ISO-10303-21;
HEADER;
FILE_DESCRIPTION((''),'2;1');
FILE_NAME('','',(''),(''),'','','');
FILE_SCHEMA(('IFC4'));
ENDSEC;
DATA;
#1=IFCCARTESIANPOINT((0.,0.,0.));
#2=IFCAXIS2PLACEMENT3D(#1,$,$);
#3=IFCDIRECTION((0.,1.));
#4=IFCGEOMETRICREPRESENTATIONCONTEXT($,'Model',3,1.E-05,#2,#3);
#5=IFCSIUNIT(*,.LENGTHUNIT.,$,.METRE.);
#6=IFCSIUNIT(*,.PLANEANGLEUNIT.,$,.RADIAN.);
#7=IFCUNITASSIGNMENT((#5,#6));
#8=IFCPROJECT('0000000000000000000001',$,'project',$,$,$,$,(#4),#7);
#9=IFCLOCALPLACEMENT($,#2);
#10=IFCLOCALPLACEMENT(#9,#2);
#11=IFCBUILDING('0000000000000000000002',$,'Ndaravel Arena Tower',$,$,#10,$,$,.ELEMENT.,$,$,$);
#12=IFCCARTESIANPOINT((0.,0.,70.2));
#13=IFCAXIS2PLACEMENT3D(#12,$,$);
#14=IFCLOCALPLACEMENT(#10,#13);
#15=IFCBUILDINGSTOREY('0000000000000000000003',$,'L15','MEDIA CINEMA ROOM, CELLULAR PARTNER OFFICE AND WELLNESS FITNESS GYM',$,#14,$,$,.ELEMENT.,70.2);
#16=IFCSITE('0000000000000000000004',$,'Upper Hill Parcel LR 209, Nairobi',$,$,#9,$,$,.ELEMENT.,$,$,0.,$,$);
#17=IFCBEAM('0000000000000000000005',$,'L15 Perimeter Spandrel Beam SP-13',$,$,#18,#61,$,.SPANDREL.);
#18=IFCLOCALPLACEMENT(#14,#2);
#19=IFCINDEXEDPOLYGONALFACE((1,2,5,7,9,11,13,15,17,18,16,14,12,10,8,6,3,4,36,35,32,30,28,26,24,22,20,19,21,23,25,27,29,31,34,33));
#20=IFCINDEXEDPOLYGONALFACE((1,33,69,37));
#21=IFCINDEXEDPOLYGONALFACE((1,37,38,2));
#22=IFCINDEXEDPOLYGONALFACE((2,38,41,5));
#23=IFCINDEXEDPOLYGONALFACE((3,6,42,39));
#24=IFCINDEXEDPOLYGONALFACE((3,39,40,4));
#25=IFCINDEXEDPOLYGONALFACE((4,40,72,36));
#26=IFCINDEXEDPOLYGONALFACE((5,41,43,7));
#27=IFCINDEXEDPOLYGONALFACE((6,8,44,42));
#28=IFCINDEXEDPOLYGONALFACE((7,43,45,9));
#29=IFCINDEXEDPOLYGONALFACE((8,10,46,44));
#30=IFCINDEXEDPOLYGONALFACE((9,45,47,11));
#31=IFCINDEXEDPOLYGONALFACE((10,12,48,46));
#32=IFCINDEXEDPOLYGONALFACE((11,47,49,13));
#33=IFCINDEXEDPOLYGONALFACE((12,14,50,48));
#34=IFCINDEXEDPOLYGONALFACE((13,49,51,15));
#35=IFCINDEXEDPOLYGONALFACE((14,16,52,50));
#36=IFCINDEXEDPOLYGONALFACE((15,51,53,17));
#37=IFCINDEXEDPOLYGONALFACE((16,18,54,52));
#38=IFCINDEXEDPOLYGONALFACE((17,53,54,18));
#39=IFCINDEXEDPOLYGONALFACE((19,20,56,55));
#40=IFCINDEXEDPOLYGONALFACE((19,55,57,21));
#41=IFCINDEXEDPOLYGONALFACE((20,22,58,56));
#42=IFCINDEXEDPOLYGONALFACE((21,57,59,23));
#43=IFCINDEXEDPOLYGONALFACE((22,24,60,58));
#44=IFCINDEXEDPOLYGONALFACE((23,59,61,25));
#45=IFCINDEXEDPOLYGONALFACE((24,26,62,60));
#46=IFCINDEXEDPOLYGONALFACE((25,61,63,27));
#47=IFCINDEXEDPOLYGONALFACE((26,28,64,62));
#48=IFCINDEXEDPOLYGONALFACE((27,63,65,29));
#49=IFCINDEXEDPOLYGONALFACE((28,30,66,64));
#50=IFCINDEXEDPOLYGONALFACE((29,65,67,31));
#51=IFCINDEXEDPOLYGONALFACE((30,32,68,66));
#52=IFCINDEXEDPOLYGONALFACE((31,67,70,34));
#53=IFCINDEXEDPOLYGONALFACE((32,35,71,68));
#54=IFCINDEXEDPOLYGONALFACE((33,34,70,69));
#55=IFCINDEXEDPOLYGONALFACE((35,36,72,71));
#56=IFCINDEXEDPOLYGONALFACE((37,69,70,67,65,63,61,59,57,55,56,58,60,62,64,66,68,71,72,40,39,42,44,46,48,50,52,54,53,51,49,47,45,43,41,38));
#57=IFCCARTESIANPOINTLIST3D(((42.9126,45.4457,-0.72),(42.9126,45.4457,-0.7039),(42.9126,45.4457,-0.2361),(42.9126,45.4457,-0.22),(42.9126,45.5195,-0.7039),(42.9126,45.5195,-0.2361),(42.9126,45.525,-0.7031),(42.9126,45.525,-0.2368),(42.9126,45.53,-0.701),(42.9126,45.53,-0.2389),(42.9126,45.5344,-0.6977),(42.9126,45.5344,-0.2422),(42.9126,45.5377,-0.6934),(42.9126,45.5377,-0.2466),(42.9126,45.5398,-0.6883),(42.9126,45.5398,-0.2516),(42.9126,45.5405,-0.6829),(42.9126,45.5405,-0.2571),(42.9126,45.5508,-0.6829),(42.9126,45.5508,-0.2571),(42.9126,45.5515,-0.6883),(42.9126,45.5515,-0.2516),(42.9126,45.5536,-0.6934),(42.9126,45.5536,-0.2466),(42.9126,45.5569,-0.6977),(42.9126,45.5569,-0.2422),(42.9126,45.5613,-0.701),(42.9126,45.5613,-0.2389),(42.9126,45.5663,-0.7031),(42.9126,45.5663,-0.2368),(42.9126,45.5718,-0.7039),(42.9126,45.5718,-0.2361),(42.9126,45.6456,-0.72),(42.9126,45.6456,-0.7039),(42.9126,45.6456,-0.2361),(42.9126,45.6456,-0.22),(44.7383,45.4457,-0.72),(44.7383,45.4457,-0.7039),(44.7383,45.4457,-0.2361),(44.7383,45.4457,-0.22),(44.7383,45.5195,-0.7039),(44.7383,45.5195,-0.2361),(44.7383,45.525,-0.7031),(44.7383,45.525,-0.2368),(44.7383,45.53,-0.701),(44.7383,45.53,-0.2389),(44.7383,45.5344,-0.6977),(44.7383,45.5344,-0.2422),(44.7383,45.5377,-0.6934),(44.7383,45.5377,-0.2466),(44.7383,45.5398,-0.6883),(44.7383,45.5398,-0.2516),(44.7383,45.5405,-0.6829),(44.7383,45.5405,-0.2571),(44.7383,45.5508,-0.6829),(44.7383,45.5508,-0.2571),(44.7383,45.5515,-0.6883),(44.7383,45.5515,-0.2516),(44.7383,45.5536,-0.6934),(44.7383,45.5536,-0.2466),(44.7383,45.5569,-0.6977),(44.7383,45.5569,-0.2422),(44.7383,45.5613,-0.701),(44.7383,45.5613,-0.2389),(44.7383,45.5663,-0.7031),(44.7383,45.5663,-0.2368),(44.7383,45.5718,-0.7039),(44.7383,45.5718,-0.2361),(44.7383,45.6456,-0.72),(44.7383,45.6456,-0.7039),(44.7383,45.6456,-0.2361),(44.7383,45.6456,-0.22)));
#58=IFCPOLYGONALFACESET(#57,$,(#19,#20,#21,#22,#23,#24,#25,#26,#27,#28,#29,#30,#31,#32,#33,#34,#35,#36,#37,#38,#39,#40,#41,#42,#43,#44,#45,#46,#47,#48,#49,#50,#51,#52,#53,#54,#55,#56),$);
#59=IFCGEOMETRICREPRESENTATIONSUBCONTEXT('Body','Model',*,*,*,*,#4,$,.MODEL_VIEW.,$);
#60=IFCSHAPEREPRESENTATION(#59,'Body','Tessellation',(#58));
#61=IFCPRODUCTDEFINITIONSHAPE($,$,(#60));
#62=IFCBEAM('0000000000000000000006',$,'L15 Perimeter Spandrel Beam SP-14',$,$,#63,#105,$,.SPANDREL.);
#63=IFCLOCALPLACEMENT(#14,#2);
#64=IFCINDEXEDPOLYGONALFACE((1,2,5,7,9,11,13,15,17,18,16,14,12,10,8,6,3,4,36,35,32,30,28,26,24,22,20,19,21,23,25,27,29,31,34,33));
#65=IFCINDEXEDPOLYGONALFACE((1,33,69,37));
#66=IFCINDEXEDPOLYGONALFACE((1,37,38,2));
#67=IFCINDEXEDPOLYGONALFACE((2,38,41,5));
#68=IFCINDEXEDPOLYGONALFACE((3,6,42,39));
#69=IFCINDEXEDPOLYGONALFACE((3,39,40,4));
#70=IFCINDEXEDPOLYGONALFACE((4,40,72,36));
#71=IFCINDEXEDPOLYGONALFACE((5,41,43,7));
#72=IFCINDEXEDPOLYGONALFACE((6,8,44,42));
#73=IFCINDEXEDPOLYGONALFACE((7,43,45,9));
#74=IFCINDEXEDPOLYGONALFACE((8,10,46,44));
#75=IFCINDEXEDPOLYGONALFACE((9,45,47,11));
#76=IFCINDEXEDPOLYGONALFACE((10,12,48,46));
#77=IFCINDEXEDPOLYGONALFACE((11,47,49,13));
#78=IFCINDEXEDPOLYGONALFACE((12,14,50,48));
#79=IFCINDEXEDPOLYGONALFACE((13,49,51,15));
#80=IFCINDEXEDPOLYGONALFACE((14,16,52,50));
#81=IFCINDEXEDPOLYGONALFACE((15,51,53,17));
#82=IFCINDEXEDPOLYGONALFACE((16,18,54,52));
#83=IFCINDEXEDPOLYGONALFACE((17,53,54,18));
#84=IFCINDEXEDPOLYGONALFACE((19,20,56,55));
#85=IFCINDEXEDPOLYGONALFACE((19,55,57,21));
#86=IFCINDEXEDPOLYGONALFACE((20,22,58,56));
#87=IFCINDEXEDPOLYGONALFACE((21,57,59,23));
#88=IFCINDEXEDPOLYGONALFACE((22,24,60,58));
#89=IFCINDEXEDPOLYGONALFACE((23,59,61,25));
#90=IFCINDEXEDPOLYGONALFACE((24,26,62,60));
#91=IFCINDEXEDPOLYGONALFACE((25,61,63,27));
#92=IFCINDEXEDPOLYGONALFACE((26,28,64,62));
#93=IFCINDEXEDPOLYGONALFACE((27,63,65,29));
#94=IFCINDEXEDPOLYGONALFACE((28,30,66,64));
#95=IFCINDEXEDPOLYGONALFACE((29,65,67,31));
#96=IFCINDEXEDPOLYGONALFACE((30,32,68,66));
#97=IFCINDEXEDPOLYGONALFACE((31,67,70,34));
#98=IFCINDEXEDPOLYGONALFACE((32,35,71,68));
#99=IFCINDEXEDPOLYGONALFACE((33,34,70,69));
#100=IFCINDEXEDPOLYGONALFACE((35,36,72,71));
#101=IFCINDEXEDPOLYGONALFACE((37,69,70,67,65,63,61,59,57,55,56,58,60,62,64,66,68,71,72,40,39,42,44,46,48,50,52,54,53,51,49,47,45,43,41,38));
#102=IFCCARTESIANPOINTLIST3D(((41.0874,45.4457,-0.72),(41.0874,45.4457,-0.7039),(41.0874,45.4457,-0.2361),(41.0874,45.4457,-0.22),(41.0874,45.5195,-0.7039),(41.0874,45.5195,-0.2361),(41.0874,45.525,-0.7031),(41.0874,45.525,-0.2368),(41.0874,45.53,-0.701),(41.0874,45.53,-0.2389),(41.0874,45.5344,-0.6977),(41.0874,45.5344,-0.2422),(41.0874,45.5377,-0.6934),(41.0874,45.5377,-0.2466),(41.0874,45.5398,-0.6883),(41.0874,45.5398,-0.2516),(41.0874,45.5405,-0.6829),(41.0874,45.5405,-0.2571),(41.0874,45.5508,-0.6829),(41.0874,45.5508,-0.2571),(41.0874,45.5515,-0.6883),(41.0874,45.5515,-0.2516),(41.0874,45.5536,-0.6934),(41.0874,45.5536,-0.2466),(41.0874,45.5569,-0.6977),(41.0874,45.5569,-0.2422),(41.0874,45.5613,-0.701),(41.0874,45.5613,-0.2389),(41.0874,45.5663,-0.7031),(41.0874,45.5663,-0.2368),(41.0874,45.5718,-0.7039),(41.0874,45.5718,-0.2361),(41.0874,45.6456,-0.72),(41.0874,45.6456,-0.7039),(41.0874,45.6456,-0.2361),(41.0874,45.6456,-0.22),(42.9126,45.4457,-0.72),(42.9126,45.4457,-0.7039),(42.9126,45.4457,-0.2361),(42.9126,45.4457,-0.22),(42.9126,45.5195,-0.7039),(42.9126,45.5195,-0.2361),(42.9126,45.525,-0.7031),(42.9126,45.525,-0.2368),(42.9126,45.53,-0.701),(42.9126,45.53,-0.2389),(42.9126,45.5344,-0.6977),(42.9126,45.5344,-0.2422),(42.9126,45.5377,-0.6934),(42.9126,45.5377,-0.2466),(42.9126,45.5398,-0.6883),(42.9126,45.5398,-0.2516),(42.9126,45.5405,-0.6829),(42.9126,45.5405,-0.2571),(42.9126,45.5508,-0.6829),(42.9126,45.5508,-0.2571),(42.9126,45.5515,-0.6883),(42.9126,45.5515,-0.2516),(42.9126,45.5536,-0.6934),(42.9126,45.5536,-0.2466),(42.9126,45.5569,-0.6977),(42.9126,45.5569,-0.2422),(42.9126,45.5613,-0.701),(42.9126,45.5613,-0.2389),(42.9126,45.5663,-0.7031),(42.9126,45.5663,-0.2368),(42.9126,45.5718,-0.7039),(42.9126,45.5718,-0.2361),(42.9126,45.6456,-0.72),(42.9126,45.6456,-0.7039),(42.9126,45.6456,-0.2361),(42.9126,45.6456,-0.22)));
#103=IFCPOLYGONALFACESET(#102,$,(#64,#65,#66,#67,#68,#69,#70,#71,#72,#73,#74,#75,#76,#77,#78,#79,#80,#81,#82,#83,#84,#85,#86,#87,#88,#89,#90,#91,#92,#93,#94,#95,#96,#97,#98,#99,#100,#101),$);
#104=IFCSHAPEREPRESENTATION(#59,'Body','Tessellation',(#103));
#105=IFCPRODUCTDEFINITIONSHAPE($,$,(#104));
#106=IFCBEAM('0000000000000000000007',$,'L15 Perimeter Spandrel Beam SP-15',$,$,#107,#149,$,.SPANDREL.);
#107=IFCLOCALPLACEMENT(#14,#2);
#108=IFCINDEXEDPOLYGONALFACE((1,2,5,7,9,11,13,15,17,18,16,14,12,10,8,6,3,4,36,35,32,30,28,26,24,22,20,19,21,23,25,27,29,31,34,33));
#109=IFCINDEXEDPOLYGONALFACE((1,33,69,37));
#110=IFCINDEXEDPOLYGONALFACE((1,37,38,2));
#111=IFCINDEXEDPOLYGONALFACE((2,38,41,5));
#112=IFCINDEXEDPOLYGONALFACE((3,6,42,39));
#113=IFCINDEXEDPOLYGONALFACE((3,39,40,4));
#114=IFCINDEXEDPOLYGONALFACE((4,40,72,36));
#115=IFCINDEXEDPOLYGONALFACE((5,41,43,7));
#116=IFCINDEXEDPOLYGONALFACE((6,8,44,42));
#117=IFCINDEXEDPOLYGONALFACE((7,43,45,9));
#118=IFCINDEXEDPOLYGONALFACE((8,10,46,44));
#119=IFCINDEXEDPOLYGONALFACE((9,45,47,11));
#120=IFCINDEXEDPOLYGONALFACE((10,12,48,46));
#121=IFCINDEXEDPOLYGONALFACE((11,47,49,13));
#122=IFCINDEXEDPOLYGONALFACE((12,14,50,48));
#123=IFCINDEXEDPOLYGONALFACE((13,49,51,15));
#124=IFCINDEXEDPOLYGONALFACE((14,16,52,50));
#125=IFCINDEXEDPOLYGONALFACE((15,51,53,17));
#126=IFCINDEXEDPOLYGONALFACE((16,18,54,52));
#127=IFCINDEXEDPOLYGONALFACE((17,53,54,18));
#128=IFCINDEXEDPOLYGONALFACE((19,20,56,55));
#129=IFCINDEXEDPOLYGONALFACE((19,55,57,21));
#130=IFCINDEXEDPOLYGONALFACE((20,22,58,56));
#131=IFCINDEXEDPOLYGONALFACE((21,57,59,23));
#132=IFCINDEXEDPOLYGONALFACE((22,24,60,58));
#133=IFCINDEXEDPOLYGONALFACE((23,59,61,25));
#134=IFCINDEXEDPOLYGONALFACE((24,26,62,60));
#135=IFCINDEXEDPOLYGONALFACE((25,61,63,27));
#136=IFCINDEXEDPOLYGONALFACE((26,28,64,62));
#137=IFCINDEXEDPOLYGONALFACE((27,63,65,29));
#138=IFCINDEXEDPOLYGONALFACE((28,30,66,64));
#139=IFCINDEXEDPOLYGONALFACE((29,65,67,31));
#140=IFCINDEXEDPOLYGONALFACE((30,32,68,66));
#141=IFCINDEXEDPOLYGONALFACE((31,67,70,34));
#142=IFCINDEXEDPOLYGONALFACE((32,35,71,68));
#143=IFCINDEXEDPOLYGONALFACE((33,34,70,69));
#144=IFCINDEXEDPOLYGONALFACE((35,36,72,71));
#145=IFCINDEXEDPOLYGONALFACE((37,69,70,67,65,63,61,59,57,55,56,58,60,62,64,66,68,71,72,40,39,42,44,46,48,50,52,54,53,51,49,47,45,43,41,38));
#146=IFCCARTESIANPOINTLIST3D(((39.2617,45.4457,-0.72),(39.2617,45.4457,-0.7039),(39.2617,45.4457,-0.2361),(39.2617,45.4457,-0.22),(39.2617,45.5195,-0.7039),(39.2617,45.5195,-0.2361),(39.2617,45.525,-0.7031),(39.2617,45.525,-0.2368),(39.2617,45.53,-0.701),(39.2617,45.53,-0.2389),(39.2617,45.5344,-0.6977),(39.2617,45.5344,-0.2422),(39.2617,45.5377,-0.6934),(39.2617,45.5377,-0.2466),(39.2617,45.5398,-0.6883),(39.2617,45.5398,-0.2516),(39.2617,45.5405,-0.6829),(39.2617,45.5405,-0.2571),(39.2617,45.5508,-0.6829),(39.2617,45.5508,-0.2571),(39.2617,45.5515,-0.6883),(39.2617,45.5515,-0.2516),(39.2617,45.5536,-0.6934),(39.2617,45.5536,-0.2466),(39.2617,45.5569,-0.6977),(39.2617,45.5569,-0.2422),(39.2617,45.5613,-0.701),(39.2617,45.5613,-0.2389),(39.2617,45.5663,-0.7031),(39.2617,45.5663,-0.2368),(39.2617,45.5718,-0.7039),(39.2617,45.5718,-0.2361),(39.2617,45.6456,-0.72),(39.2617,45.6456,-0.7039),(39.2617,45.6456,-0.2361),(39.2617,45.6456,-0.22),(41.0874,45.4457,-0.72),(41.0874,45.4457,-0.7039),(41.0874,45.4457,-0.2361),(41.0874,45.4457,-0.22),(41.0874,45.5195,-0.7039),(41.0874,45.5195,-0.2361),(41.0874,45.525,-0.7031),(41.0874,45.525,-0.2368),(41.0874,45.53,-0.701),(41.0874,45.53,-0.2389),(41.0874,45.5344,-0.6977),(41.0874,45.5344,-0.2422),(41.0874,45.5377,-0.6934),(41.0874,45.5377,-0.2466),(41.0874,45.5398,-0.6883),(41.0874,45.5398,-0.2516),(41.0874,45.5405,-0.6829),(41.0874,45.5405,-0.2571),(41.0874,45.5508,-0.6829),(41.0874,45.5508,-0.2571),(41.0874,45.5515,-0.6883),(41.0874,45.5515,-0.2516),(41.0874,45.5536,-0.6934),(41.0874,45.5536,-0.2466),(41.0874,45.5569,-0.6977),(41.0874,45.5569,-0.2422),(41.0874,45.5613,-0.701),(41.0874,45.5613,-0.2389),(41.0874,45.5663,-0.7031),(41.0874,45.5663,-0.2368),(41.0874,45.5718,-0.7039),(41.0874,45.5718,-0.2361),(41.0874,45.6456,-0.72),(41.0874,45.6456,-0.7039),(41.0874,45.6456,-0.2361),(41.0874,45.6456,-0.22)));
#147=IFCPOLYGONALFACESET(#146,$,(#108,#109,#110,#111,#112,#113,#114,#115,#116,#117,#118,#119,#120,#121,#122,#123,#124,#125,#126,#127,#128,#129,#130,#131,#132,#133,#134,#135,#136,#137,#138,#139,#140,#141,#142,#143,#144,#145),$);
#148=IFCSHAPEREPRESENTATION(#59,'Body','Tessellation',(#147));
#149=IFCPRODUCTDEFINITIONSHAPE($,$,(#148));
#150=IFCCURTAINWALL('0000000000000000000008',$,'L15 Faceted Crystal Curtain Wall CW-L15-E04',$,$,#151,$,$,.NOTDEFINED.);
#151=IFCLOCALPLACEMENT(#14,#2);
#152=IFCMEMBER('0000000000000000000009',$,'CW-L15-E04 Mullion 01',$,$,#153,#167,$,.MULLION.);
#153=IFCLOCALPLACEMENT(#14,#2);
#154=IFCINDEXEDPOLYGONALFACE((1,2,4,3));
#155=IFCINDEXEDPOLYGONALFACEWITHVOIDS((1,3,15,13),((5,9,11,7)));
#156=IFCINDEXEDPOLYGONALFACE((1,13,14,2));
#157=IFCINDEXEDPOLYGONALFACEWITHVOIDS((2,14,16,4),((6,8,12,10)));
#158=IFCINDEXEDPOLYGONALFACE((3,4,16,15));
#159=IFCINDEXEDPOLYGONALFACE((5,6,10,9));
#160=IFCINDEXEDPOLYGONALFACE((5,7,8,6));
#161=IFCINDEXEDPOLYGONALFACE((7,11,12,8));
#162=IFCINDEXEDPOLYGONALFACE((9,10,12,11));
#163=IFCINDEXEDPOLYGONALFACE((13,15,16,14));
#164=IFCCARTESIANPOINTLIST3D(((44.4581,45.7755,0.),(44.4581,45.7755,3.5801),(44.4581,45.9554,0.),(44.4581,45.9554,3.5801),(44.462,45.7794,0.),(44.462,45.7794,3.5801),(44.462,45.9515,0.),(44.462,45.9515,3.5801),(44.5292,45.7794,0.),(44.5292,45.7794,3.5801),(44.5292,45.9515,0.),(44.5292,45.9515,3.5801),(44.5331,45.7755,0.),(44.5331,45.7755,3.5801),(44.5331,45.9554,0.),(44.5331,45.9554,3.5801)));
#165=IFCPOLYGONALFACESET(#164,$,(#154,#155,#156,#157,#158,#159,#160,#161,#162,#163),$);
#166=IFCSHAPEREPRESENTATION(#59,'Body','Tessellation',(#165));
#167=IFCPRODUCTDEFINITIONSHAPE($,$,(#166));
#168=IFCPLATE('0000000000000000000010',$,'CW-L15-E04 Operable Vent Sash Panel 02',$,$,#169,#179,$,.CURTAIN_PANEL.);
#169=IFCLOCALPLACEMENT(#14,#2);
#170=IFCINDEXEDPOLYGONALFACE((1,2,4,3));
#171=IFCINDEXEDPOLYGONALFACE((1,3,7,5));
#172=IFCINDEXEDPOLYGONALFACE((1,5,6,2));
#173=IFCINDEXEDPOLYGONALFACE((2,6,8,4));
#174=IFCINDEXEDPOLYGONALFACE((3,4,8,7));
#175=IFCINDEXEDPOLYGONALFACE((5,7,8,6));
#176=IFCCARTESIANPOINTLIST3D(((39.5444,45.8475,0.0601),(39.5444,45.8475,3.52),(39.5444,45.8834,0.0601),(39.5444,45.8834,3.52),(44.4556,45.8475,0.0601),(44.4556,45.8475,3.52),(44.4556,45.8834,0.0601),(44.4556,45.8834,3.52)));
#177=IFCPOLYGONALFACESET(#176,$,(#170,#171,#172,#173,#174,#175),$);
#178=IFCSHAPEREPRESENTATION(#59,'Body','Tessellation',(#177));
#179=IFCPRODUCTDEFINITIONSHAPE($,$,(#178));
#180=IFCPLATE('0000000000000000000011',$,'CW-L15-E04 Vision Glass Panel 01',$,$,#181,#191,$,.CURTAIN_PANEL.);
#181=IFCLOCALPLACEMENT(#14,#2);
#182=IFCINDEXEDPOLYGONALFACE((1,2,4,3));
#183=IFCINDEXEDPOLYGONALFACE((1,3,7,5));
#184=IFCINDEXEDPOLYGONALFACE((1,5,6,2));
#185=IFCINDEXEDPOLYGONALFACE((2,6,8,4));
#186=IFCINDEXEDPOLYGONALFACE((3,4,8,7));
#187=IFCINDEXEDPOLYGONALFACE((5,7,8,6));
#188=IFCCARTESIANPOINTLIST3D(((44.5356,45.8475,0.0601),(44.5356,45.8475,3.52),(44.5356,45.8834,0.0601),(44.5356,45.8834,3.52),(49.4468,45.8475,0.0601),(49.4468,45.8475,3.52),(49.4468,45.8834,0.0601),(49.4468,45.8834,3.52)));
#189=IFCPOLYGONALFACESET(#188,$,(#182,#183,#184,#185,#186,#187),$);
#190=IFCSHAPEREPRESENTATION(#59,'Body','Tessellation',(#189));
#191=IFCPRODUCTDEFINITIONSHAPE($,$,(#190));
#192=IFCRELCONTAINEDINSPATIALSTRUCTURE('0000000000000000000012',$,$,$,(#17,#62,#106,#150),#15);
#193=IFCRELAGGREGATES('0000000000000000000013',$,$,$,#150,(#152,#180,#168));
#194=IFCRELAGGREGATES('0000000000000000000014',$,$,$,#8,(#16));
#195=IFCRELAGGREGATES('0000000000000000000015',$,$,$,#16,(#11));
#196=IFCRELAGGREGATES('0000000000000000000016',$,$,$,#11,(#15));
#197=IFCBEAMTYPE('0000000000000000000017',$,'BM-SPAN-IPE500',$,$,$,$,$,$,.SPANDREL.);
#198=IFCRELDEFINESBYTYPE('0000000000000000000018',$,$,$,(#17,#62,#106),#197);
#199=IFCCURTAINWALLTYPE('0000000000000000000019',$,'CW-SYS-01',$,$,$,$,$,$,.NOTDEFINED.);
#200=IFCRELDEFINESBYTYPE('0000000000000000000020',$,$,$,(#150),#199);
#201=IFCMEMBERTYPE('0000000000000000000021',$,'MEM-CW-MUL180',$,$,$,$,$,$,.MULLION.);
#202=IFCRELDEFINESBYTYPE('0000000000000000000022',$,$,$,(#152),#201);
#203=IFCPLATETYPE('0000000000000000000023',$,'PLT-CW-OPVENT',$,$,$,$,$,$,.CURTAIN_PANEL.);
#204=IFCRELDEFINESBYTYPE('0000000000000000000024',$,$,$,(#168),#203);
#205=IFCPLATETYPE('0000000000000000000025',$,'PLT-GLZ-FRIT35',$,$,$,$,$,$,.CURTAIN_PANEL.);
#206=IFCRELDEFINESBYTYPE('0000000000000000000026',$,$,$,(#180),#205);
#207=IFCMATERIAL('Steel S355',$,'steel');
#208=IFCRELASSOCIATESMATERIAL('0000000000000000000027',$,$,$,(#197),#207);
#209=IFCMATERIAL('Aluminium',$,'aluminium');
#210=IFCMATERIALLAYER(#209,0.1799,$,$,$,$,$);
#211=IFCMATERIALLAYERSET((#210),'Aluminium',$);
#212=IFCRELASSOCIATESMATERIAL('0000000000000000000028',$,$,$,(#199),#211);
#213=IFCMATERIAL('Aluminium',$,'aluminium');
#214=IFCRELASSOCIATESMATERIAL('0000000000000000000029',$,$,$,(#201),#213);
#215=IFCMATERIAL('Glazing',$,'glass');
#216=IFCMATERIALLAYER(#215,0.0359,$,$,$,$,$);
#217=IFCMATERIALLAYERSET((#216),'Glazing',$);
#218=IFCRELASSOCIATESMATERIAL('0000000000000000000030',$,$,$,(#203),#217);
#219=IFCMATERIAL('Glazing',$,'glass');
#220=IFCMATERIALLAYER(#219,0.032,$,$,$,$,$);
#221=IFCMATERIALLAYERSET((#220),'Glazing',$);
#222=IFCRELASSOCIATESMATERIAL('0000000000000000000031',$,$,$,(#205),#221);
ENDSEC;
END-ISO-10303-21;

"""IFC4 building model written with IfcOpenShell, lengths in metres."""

from ifc_helpers import new_model, si_unit, direction, frame, origin, origin_2d, place, context, subcontext, project, spatial, rectangle, hollow_rectangle, i_section, extrude, material, layer, layer_set, material_profile, profile_set, type_object, element, aggregate, save


model = new_model("IFC4")

# Units and contexts
model_context = context("Model", 3, precision=1e-05, world=origin(), true_north=direction((0.0, 1.0)))
body_context = subcontext(model_context, "Body", "Model", "MODEL_VIEW")
ifc_project = project(units=[si_unit("LENGTHUNIT", "METRE"), si_unit("PLANEANGLEUNIT", "RADIAN")], contexts=[model_context])

# Site, building, storey
site_placement = place(None, origin())
site = spatial("IfcSite", under=ifc_project, at=site_placement, Name="Upper Hill Parcel LR 209, Nairobi", CompositionType="ELEMENT", RefElevation=0.0)
building_placement = place(site_placement, origin())
building = spatial("IfcBuilding", under=site, at=building_placement, Name="Ndaravel Arena Tower", CompositionType="ELEMENT")
storey_placement = place(building_placement, frame((0.0, 0.0, 70.2)))
storey = spatial("IfcBuildingStorey", under=building, at=storey_placement, Name="L15", Description="MEDIA CINEMA ROOM, CELLULAR PARTNER OFFICE AND WELLNESS FITNESS GYM", CompositionType="ELEMENT", Elevation=70.2)

# Beams
ifc_material_1 = material(Name="Steel S355", Category="steel")
ifc_material_profile_1 = material_profile(ifc_material_1, i_section(OverallWidth=0.2, OverallDepth=0.5, WebThickness=0.0103, FlangeThickness=0.0161, FilletRadius=0.021, at=origin_2d()), Name="IPE 500")
ifc_profile_set_1 = profile_set([ifc_material_profile_1], Name="Steel S355")
beam_type_1 = type_object("IfcBeamType", Name="BM-SPAN-IPE500", PredefinedType="SPANDREL", material=ifc_profile_set_1)
beam_1_placement = place(storey_placement, frame((44.7383, 45.5457, -0.47), z_axis=(-1.0, 0.0, 0.0), x_axis=(0.0, -1.0, 0.0)))
element("IfcBeam", 1, at=beam_1_placement, inside=storey, type_object=beam_type_1, Name="L15 Perimeter Spandrel Beam SP-13", PredefinedType="SPANDREL", context=body_context, shape_type="SweptSolid", body=[
    extrude(i_section(OverallWidth=0.2, OverallDepth=0.5, WebThickness=0.0103, FlangeThickness=0.0161, FilletRadius=0.021, at=origin_2d()), origin(), (0.0, 0.0, 1.0), 1.8257),
])
beam_2_placement = place(storey_placement, frame((42.9126, 45.5457, -0.47), z_axis=(-1.0, 0.0, 0.0), x_axis=(0.0, -1.0, 0.0)))
element("IfcBeam", 2, at=beam_2_placement, inside=storey, type_object=beam_type_1, Name="L15 Perimeter Spandrel Beam SP-14", PredefinedType="SPANDREL", context=body_context, shape_type="SweptSolid", body=[
    extrude(i_section(OverallWidth=0.2, OverallDepth=0.5, WebThickness=0.0103, FlangeThickness=0.0161, FilletRadius=0.021, at=origin_2d()), origin(), (0.0, 0.0, 1.0), 1.8252),
])
beam_3_placement = place(storey_placement, frame((41.0874, 45.5457, -0.47), z_axis=(-1.0, 0.0, 0.0), x_axis=(0.0, -1.0, 0.0)))
element("IfcBeam", 3, at=beam_3_placement, inside=storey, type_object=beam_type_1, Name="L15 Perimeter Spandrel Beam SP-15", PredefinedType="SPANDREL", context=body_context, shape_type="SweptSolid", body=[
    extrude(i_section(OverallWidth=0.2, OverallDepth=0.5, WebThickness=0.0103, FlangeThickness=0.0161, FilletRadius=0.021, at=origin_2d()), origin(), (0.0, 0.0, 1.0), 1.8257),
])

# Curtain wall, member, plates
ifc_material_2 = material(Name="Aluminium", Category="aluminium")
ifc_layer_1 = layer(ifc_material_2, 0.1799)
ifc_layer_set_1 = layer_set([ifc_layer_1], Name="Aluminium")
curtain_wall_type = type_object("IfcCurtainWallType", Name="CW-SYS-01", PredefinedType="NOTDEFINED", material=ifc_layer_set_1)
curtain_wall_placement = place(storey_placement, origin())
curtain_wall = element("IfcCurtainWall", 4, at=curtain_wall_placement, inside=storey, type_object=curtain_wall_type, Name="L15 Faceted Crystal Curtain Wall CW-L15-E04", PredefinedType="NOTDEFINED")
ifc_material_3 = material(Name="Aluminium", Category="aluminium")
ifc_material_profile_2 = material_profile(ifc_material_3, hollow_rectangle(XDim=0.075, YDim=0.1799, WallThickness=0.0039, at=origin_2d()), Name="CW MULLION 75x180x4")
ifc_profile_set_2 = profile_set([ifc_material_profile_2], Name="Aluminium")
member_type = type_object("IfcMemberType", Name="MEM-CW-MUL180", PredefinedType="MULLION", material=ifc_profile_set_2)
member_placement = place(storey_placement, frame((44.4956, 45.8655, 0.0), z_axis=(0.0, 0.0, 1.0), x_axis=(-1.0, 0.0, 0.0)))
member = element("IfcMember", 5, at=member_placement, type_object=member_type, Name="CW-L15-E04 Mullion 01", PredefinedType="MULLION", context=body_context, shape_type="SweptSolid", body=[
    extrude(hollow_rectangle(XDim=0.075, YDim=0.1799, WallThickness=0.0039, at=origin_2d()), origin(), (0.0, 0.0, 1.0), 3.5801),
])
ifc_material_4 = material(Name="Glazing", Category="glass")
ifc_layer_2 = layer(ifc_material_4, 0.0359)
ifc_layer_set_2 = layer_set([ifc_layer_2], Name="Glazing")
plate_type_1 = type_object("IfcPlateType", Name="PLT-CW-OPVENT", PredefinedType="CURTAIN_PANEL", material=ifc_layer_set_2)
plate_1_placement = place(storey_placement, frame((42.0, 45.8655, 0.0601), z_axis=(0.0, 0.0, 1.0), x_axis=(-1.0, 0.0, 0.0)))
plate_1 = element("IfcPlate", 6, at=plate_1_placement, type_object=plate_type_1, Name="CW-L15-E04 Operable Vent Sash Panel 02", PredefinedType="CURTAIN_PANEL", context=body_context, shape_type="SweptSolid", body=[
    extrude(rectangle(XDim=4.9111, YDim=0.0359, at=origin_2d()), origin(), (0.0, 0.0, 1.0), 3.46),
])
ifc_material_5 = material(Name="Glazing", Category="glass")
ifc_layer_3 = layer(ifc_material_5, 0.032)
ifc_layer_set_3 = layer_set([ifc_layer_3], Name="Glazing")
plate_type_2 = type_object("IfcPlateType", Name="PLT-GLZ-FRIT35", PredefinedType="CURTAIN_PANEL", material=ifc_layer_set_3)
plate_2_placement = place(storey_placement, frame((46.9912, 45.8655, 0.0601), z_axis=(0.0, 0.0, 1.0), x_axis=(-1.0, 0.0, 0.0)))
plate_2 = element("IfcPlate", 7, at=plate_2_placement, type_object=plate_type_2, Name="CW-L15-E04 Vision Glass Panel 01", PredefinedType="CURTAIN_PANEL", context=body_context, shape_type="SweptSolid", body=[
    extrude(rectangle(XDim=4.9111, YDim=0.0359, at=origin_2d()), origin(), (0.0, 0.0, 1.0), 3.46),
])
aggregate(curtain_wall, [member, plate_2, plate_1])

save(model, "model.ifc")
